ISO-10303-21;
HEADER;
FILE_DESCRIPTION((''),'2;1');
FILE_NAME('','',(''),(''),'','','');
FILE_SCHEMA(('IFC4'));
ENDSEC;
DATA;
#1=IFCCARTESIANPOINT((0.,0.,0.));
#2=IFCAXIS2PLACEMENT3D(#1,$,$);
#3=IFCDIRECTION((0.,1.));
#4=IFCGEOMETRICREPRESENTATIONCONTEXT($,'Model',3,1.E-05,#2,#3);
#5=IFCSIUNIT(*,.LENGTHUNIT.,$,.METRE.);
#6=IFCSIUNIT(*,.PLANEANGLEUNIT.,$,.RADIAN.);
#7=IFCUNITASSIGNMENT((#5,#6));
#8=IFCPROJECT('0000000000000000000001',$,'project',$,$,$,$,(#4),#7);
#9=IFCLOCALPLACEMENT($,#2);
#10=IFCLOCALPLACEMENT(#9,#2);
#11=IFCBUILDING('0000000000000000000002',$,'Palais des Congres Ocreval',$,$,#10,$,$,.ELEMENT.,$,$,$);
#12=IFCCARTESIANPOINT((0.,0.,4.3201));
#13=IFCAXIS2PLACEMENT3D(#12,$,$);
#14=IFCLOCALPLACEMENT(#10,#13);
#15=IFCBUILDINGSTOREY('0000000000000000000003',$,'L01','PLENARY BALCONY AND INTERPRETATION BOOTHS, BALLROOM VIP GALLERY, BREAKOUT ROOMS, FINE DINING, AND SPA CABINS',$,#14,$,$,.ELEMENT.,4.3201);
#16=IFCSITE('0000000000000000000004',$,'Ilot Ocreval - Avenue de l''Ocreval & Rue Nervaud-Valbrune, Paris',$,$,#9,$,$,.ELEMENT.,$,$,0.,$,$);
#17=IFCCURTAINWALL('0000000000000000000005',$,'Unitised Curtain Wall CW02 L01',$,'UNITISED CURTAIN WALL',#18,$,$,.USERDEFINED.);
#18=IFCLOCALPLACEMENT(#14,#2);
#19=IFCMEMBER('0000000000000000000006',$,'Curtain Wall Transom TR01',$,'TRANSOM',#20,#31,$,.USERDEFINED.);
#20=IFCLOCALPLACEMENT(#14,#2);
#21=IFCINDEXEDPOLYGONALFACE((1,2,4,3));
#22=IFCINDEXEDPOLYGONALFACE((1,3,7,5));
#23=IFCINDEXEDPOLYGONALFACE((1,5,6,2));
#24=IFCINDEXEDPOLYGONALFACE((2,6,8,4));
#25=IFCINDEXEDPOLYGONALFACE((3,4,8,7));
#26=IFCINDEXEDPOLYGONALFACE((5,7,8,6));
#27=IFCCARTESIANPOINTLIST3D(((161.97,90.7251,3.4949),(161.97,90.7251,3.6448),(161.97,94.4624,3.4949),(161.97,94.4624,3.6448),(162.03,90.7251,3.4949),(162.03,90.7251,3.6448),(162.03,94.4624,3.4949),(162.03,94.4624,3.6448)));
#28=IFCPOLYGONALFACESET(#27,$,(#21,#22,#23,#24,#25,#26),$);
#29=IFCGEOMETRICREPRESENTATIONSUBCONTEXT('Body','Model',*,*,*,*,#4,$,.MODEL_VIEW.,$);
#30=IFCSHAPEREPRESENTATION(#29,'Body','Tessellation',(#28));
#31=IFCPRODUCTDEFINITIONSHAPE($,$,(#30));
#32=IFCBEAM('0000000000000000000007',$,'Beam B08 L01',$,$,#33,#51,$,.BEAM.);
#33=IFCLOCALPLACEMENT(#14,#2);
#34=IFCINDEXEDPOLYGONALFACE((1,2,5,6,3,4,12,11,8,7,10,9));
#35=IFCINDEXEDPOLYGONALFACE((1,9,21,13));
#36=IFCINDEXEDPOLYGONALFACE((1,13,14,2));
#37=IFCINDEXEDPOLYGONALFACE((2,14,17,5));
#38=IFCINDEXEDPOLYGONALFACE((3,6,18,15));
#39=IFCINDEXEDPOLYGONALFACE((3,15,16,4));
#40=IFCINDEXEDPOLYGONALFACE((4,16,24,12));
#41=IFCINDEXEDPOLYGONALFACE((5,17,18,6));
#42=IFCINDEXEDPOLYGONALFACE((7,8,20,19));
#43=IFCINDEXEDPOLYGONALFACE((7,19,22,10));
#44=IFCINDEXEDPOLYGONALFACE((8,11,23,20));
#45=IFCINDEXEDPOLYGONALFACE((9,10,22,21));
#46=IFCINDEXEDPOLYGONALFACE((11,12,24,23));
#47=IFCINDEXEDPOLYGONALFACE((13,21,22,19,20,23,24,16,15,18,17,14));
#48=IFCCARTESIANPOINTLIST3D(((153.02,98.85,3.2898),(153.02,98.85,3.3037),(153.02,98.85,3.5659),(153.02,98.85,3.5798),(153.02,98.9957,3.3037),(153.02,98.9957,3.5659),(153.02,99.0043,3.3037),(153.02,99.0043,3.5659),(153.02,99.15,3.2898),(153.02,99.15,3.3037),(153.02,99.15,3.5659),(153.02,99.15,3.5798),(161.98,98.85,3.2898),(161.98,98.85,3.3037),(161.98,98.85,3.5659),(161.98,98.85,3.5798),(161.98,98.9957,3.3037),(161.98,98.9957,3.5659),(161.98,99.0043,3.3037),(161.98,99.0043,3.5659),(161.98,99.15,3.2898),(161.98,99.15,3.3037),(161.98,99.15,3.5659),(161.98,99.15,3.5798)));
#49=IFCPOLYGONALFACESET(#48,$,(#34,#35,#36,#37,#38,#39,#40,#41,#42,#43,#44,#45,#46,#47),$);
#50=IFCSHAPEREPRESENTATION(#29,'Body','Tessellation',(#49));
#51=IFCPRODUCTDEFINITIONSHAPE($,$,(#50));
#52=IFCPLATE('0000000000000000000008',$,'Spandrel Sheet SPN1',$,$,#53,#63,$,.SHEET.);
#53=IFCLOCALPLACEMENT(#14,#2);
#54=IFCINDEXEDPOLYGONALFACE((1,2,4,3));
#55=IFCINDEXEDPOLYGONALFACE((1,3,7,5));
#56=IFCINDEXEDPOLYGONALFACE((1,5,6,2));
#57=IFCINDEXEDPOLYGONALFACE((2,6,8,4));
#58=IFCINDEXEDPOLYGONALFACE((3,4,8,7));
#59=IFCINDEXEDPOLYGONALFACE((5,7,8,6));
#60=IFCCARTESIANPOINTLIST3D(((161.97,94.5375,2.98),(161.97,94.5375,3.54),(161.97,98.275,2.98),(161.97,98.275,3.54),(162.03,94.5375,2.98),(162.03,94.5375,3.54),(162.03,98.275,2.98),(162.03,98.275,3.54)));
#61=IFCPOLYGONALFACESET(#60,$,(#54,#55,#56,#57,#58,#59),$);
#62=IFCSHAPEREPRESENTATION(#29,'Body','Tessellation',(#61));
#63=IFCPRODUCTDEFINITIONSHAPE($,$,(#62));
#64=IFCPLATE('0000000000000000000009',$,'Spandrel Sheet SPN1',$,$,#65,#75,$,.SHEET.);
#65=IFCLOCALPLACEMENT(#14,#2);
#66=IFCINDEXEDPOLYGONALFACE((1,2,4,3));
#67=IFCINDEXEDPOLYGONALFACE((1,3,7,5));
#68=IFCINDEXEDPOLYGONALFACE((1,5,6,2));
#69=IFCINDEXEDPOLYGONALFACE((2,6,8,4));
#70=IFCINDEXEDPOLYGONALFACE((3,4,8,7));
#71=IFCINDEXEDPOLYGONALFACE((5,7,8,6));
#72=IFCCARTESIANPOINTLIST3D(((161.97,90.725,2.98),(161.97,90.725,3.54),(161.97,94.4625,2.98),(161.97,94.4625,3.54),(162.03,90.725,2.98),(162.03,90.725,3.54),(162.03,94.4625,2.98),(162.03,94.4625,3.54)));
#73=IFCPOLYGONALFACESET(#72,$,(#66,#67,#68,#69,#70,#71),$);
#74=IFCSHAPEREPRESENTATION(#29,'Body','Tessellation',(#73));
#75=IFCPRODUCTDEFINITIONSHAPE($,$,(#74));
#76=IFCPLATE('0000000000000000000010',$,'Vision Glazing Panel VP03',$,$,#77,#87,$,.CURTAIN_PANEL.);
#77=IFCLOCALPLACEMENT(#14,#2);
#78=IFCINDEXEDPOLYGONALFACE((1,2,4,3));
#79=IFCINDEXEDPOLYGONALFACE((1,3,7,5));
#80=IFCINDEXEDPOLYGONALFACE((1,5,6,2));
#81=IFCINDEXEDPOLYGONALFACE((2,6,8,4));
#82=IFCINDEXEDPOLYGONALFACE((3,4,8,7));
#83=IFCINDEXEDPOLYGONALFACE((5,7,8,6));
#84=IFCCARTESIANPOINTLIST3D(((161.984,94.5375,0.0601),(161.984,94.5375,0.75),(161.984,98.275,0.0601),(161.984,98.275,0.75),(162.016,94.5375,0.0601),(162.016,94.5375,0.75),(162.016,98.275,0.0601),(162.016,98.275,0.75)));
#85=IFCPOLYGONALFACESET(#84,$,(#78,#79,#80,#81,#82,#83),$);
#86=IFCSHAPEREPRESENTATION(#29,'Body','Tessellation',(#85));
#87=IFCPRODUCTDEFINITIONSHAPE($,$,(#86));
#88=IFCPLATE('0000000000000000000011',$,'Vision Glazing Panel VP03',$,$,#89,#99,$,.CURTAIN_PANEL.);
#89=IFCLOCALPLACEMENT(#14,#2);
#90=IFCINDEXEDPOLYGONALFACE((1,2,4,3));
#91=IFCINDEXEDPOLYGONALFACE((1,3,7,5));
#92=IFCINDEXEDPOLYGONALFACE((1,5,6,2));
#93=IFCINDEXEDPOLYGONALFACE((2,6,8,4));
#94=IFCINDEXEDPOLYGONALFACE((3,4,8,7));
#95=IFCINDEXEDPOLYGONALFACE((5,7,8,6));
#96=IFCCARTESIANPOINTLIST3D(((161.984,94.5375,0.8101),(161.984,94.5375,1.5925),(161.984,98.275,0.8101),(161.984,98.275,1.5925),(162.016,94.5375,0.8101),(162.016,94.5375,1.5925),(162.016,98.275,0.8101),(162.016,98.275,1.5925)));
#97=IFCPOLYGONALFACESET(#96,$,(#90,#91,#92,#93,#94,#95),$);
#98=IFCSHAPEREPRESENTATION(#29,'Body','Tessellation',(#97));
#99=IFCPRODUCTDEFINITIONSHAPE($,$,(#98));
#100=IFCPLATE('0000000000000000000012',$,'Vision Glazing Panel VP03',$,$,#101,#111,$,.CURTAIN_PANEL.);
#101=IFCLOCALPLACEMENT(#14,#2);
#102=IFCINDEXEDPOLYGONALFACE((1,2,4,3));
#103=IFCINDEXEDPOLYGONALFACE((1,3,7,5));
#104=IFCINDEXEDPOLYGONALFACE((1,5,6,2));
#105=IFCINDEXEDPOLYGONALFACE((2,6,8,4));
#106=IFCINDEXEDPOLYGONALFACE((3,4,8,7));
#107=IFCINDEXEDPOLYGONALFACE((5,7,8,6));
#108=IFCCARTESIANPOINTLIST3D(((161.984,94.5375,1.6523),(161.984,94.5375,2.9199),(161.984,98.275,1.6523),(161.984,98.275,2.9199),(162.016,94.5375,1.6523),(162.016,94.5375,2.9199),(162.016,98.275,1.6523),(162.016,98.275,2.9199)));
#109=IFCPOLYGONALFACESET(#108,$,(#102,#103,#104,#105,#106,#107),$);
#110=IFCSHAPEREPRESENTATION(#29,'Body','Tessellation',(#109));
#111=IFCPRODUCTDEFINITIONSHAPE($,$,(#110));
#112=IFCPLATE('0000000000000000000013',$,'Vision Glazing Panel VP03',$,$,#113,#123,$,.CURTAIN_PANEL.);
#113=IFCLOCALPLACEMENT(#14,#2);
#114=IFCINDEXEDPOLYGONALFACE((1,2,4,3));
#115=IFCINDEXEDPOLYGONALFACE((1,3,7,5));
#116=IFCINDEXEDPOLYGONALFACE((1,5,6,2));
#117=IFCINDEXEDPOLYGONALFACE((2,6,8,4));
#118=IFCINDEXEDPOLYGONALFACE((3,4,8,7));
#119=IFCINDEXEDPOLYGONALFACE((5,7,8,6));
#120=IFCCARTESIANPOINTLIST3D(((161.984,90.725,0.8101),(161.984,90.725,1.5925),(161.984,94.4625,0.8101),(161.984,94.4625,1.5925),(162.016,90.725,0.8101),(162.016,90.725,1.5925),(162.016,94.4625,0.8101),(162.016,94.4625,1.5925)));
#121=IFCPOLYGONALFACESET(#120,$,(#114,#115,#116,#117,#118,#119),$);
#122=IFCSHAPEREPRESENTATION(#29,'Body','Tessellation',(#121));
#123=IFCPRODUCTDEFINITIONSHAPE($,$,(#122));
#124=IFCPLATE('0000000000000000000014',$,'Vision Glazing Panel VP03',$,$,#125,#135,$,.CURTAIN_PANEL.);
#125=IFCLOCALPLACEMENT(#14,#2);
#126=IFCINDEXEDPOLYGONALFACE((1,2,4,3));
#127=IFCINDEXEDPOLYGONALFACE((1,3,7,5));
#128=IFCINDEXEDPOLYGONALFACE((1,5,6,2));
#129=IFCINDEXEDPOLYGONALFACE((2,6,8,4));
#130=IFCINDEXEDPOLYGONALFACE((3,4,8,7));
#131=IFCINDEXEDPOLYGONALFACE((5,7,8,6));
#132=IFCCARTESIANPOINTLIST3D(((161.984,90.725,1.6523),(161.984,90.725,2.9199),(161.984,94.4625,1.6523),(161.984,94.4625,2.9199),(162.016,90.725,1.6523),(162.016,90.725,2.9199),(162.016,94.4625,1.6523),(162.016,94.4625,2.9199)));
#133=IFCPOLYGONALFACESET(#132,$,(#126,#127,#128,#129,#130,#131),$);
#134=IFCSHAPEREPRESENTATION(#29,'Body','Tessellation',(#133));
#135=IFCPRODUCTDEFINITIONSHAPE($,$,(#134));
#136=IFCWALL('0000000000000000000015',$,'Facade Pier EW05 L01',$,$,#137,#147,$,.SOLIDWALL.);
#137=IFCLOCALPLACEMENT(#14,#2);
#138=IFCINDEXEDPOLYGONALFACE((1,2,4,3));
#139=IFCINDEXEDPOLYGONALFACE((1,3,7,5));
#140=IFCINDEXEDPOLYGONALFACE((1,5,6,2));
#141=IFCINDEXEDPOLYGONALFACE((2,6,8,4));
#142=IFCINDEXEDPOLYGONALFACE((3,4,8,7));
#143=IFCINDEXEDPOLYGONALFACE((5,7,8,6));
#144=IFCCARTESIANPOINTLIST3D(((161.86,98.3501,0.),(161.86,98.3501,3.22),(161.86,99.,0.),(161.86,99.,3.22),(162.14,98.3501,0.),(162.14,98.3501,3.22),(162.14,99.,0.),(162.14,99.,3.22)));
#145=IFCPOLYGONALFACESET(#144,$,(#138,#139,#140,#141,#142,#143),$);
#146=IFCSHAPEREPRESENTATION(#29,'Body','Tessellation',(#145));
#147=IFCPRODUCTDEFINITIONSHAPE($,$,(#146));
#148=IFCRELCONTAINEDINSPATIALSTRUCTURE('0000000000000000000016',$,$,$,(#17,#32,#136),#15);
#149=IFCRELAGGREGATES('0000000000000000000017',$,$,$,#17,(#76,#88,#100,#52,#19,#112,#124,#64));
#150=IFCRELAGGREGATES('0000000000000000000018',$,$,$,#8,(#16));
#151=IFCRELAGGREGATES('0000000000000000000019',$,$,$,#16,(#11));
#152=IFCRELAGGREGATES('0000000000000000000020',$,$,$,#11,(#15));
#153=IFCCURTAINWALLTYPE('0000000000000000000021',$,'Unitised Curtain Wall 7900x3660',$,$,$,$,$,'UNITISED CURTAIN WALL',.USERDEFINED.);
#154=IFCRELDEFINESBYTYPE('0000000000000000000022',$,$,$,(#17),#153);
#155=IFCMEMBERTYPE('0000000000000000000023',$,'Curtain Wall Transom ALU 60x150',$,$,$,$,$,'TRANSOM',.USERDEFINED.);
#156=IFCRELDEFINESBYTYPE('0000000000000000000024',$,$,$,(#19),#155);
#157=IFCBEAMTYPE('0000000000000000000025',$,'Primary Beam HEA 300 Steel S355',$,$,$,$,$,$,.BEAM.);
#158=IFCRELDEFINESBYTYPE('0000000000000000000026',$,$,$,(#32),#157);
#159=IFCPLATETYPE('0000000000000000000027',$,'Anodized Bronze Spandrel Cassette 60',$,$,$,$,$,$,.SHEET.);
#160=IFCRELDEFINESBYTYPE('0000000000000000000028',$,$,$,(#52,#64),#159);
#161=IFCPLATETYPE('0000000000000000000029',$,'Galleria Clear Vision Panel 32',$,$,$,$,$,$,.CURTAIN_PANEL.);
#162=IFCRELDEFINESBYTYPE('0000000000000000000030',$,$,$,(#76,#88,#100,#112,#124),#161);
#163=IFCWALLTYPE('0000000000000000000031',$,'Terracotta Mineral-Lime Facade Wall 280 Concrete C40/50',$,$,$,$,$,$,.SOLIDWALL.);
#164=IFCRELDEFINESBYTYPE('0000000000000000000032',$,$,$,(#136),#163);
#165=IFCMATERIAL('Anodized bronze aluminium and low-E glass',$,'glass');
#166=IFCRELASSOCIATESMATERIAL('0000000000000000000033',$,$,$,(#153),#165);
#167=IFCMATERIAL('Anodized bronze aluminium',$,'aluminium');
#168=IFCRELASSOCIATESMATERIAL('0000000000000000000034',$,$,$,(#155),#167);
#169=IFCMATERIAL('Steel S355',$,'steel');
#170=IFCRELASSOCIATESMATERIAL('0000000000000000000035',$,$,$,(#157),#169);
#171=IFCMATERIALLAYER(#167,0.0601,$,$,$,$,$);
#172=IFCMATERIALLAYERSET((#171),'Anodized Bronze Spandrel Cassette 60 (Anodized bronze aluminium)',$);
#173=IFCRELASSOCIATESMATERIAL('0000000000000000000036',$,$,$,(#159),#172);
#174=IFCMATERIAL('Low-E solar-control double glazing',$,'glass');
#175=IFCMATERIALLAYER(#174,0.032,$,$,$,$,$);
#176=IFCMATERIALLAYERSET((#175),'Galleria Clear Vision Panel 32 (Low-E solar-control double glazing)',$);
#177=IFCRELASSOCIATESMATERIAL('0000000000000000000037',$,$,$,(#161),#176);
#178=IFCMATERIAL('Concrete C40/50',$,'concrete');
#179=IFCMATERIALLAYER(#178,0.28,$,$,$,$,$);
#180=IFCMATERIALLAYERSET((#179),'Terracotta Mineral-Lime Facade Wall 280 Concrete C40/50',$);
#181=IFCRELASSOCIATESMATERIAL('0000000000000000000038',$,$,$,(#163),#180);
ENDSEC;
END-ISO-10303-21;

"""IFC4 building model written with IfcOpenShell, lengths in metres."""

from ifc_helpers import new_model, si_unit, direction, frame, frame_2d, origin, origin_2d, place, context, subcontext, project, spatial, rectangle, i_section, extrude, material, layer, layer_set, material_profile, profile_set, type_object, element, aggregate, save


model = new_model("IFC4")

# Units and contexts
model_context = context("Model", 3, precision=1e-05, world=origin(), true_north=direction((0.0, 1.0)))
body_context = subcontext(model_context, "Body", "Model", "MODEL_VIEW")
ifc_project = project(units=[si_unit("LENGTHUNIT", "METRE"), si_unit("PLANEANGLEUNIT", "RADIAN")], contexts=[model_context])

# Site, building, storey
site_placement = place(None, origin())
site = spatial("IfcSite", under=ifc_project, at=site_placement, Name="Ilot Ocreval - Avenue de l'Ocreval & Rue Nervaud-Valbrune, Paris", CompositionType="ELEMENT", RefElevation=0.0)
building_placement = place(site_placement, origin())
building = spatial("IfcBuilding", under=site, at=building_placement, Name="Palais des Congres Ocreval", CompositionType="ELEMENT")
storey_placement = place(building_placement, frame((0.0, 0.0, 4.3201)))
storey = spatial("IfcBuildingStorey", under=building, at=storey_placement, Name="L01", Description="PLENARY BALCONY AND INTERPRETATION BOOTHS, BALLROOM VIP GALLERY, BREAKOUT ROOMS, FINE DINING, AND SPA CABINS", CompositionType="ELEMENT", Elevation=4.3201)

# Shared definitions
ifc_material_1 = material(Name="Steel S355", Category="steel")

# Curtain wall, member
ifc_material_2 = material(Name="Anodized bronze aluminium and low-E glass", Category="glass")
curtain_wall_type = type_object("IfcCurtainWallType", Name="Unitised Curtain Wall 7900x3660", ElementType="UNITISED CURTAIN WALL", PredefinedType="USERDEFINED", material=ifc_material_2)
curtain_wall_placement = place(storey_placement, origin())
curtain_wall = element("IfcCurtainWall", 1, at=curtain_wall_placement, inside=storey, type_object=curtain_wall_type, Name="Unitised Curtain Wall CW02 L01", ObjectType="UNITISED CURTAIN WALL", PredefinedType="USERDEFINED")
ifc_material_3 = material(Name="Anodized bronze aluminium", Category="aluminium")
ifc_material_profile_1 = material_profile(ifc_material_3, rectangle(XDim=0.0601, YDim=0.1499, at=origin_2d()), Name="ALU 60x150")
ifc_profile_set_1 = profile_set([ifc_material_profile_1], Name="Anodized bronze aluminium")
member_type_1 = type_object("IfcMemberType", Name="Curtain Wall Transom ALU 60x150", ElementType="TRANSOM", PredefinedType="USERDEFINED", material=ifc_profile_set_1)
member_1_placement = place(storey_placement, frame((162.0, 94.4624, 3.5698), z_axis=(0.0, -1.0, 0.0), x_axis=(1.0, 0.0, 0.0)))
member_1 = element("IfcMember", 2, at=member_1_placement, type_object=member_type_1, Name="Curtain Wall Transom TR01", ObjectType="TRANSOM", PredefinedType="USERDEFINED", context=body_context, shape_type="SweptSolid", body=[
    extrude(rectangle(XDim=0.0601, YDim=0.1499, at=origin_2d()), origin(), (0.0, 0.0, 1.0), 3.7373),
])

# Beam
ifc_material_profile_2 = material_profile(ifc_material_1, i_section(OverallWidth=0.3, OverallDepth=0.29, WebThickness=0.0085, FlangeThickness=0.0139, at=origin_2d()), Name="HEA 300")
ifc_profile_set_2 = profile_set([ifc_material_profile_2], Name="Steel S355")
beam_type = type_object("IfcBeamType", Name="Primary Beam HEA 300 Steel S355", PredefinedType="BEAM", material=ifc_profile_set_2)
beam_placement = place(storey_placement, frame((153.02, 99.0, 3.4348), z_axis=(1.0, 0.0, 0.0), x_axis=(0.0, 1.0, 0.0)))
element("IfcBeam", 3, at=beam_placement, inside=storey, type_object=beam_type, Name="Beam B08 L01", PredefinedType="BEAM", context=body_context, shape_type="SweptSolid", body=[
    extrude(i_section(OverallWidth=0.3, OverallDepth=0.29, WebThickness=0.0085, FlangeThickness=0.0139, at=origin_2d()), origin(), (0.0, 0.0, 1.0), 8.96),
])

# Plates
ifc_layer_1 = layer(ifc_material_3, 0.0601)
ifc_layer_set_1 = layer_set([ifc_layer_1], Name="Anodized Bronze Spandrel Cassette 60 (Anodized bronze aluminium)")
plate_type_1 = type_object("IfcPlateType", Name="Anodized Bronze Spandrel Cassette 60", PredefinedType="SHEET", material=ifc_layer_set_1)
plate_1_placement = place(storey_placement, frame((162.0, 96.4062, 2.98), z_axis=(0.0, 0.0, 1.0), x_axis=(0.0, -1.0, 0.0)))
plate_1 = element("IfcPlate", 4, at=plate_1_placement, type_object=plate_type_1, Name="Spandrel Sheet SPN1", PredefinedType="SHEET", context=body_context, shape_type="SweptSolid", body=[
    extrude(rectangle(XDim=3.7375, YDim=0.0601, at=origin_2d()), origin(), (0.0, 0.0, 1.0), 0.5601),
])
plate_2_placement = place(storey_placement, frame((162.0, 92.5938, 2.98), z_axis=(0.0, 0.0, 1.0), x_axis=(0.0, -1.0, 0.0)))
plate_2 = element("IfcPlate", 5, at=plate_2_placement, type_object=plate_type_1, Name="Spandrel Sheet SPN1", PredefinedType="SHEET", context=body_context, shape_type="SweptSolid", body=[
    extrude(rectangle(XDim=3.7375, YDim=0.0601, at=origin_2d()), origin(), (0.0, 0.0, 1.0), 0.5601),
])
ifc_material_4 = material(Name="Low-E solar-control double glazing", Category="glass")
ifc_layer_2 = layer(ifc_material_4, 0.032)
ifc_layer_set_2 = layer_set([ifc_layer_2], Name="Galleria Clear Vision Panel 32 (Low-E solar-control double glazing)")
plate_type_2 = type_object("IfcPlateType", Name="Galleria Clear Vision Panel 32", PredefinedType="CURTAIN_PANEL", material=ifc_layer_set_2)
plate_3_placement = place(storey_placement, frame((162.0, 96.4062, 0.0601), z_axis=(0.0, 0.0, 1.0), x_axis=(0.0, -1.0, 0.0)))
plate_3 = element("IfcPlate", 6, at=plate_3_placement, type_object=plate_type_2, Name="Vision Glazing Panel VP03", PredefinedType="CURTAIN_PANEL", context=body_context, shape_type="SweptSolid", body=[
    extrude(rectangle(XDim=3.7375, YDim=0.032, at=origin_2d()), origin(), (0.0, 0.0, 1.0), 0.6899),
])
plate_4_placement = place(storey_placement, frame((162.0, 96.4062, 0.8101), z_axis=(0.0, 0.0, 1.0), x_axis=(0.0, -1.0, 0.0)))
plate_4 = element("IfcPlate", 7, at=plate_4_placement, type_object=plate_type_2, Name="Vision Glazing Panel VP03", PredefinedType="CURTAIN_PANEL", context=body_context, shape_type="SweptSolid", body=[
    extrude(rectangle(XDim=3.7375, YDim=0.032, at=origin_2d()), origin(), (0.0, 0.0, 1.0), 0.7825),
])
plate_5_placement = place(storey_placement, frame((162.0, 96.4062, 1.6523), z_axis=(0.0, 0.0, 1.0), x_axis=(0.0, -1.0, 0.0)))
plate_5 = element("IfcPlate", 8, at=plate_5_placement, type_object=plate_type_2, Name="Vision Glazing Panel VP03", PredefinedType="CURTAIN_PANEL", context=body_context, shape_type="SweptSolid", body=[
    extrude(rectangle(XDim=3.7375, YDim=0.032, at=origin_2d()), origin(), (0.0, 0.0, 1.0), 1.2676),
])
plate_6_placement = place(storey_placement, frame((162.0, 92.5938, 0.8101), z_axis=(0.0, 0.0, 1.0), x_axis=(0.0, -1.0, 0.0)))
plate_6 = element("IfcPlate", 9, at=plate_6_placement, type_object=plate_type_2, Name="Vision Glazing Panel VP03", PredefinedType="CURTAIN_PANEL", context=body_context, shape_type="SweptSolid", body=[
    extrude(rectangle(XDim=3.7375, YDim=0.032, at=origin_2d()), origin(), (0.0, 0.0, 1.0), 0.7825),
])
plate_7_placement = place(storey_placement, frame((162.0, 92.5938, 1.6523), z_axis=(0.0, 0.0, 1.0), x_axis=(0.0, -1.0, 0.0)))
plate_7 = element("IfcPlate", 10, at=plate_7_placement, type_object=plate_type_2, Name="Vision Glazing Panel VP03", PredefinedType="CURTAIN_PANEL", context=body_context, shape_type="SweptSolid", body=[
    extrude(rectangle(XDim=3.7375, YDim=0.032, at=origin_2d()), origin(), (0.0, 0.0, 1.0), 1.2676),
])
aggregate(curtain_wall, [plate_3, plate_4, plate_5, plate_1, member_1, plate_6, plate_7, plate_2])

# Wall
ifc_material_5 = material(Name="Concrete C40/50", Category="concrete")
ifc_layer_3 = layer(ifc_material_5, 0.28)
ifc_layer_set_3 = layer_set([ifc_layer_3], Name="Terracotta Mineral-Lime Facade Wall 280 Concrete C40/50")
wall_type = type_object("IfcWallType", Name="Terracotta Mineral-Lime Facade Wall 280 Concrete C40/50", PredefinedType="SOLIDWALL", material=ifc_layer_set_3)
wall_placement = place(storey_placement, frame((162.0, 99.0, 0.0), z_axis=(0.0, 0.0, 1.0), x_axis=(0.0, -1.0, 0.0)))
element("IfcWall", 11, at=wall_placement, inside=storey, type_object=wall_type, Name="Facade Pier EW05 L01", PredefinedType="SOLIDWALL", context=body_context, shape_type="SweptSolid", body=[
    extrude(rectangle(XDim=0.6499, YDim=0.28, at=frame_2d((0.325, 0.0))), origin(), (0.0, 0.0, 1.0), 3.22),
])

save(model, "model.ifc")
